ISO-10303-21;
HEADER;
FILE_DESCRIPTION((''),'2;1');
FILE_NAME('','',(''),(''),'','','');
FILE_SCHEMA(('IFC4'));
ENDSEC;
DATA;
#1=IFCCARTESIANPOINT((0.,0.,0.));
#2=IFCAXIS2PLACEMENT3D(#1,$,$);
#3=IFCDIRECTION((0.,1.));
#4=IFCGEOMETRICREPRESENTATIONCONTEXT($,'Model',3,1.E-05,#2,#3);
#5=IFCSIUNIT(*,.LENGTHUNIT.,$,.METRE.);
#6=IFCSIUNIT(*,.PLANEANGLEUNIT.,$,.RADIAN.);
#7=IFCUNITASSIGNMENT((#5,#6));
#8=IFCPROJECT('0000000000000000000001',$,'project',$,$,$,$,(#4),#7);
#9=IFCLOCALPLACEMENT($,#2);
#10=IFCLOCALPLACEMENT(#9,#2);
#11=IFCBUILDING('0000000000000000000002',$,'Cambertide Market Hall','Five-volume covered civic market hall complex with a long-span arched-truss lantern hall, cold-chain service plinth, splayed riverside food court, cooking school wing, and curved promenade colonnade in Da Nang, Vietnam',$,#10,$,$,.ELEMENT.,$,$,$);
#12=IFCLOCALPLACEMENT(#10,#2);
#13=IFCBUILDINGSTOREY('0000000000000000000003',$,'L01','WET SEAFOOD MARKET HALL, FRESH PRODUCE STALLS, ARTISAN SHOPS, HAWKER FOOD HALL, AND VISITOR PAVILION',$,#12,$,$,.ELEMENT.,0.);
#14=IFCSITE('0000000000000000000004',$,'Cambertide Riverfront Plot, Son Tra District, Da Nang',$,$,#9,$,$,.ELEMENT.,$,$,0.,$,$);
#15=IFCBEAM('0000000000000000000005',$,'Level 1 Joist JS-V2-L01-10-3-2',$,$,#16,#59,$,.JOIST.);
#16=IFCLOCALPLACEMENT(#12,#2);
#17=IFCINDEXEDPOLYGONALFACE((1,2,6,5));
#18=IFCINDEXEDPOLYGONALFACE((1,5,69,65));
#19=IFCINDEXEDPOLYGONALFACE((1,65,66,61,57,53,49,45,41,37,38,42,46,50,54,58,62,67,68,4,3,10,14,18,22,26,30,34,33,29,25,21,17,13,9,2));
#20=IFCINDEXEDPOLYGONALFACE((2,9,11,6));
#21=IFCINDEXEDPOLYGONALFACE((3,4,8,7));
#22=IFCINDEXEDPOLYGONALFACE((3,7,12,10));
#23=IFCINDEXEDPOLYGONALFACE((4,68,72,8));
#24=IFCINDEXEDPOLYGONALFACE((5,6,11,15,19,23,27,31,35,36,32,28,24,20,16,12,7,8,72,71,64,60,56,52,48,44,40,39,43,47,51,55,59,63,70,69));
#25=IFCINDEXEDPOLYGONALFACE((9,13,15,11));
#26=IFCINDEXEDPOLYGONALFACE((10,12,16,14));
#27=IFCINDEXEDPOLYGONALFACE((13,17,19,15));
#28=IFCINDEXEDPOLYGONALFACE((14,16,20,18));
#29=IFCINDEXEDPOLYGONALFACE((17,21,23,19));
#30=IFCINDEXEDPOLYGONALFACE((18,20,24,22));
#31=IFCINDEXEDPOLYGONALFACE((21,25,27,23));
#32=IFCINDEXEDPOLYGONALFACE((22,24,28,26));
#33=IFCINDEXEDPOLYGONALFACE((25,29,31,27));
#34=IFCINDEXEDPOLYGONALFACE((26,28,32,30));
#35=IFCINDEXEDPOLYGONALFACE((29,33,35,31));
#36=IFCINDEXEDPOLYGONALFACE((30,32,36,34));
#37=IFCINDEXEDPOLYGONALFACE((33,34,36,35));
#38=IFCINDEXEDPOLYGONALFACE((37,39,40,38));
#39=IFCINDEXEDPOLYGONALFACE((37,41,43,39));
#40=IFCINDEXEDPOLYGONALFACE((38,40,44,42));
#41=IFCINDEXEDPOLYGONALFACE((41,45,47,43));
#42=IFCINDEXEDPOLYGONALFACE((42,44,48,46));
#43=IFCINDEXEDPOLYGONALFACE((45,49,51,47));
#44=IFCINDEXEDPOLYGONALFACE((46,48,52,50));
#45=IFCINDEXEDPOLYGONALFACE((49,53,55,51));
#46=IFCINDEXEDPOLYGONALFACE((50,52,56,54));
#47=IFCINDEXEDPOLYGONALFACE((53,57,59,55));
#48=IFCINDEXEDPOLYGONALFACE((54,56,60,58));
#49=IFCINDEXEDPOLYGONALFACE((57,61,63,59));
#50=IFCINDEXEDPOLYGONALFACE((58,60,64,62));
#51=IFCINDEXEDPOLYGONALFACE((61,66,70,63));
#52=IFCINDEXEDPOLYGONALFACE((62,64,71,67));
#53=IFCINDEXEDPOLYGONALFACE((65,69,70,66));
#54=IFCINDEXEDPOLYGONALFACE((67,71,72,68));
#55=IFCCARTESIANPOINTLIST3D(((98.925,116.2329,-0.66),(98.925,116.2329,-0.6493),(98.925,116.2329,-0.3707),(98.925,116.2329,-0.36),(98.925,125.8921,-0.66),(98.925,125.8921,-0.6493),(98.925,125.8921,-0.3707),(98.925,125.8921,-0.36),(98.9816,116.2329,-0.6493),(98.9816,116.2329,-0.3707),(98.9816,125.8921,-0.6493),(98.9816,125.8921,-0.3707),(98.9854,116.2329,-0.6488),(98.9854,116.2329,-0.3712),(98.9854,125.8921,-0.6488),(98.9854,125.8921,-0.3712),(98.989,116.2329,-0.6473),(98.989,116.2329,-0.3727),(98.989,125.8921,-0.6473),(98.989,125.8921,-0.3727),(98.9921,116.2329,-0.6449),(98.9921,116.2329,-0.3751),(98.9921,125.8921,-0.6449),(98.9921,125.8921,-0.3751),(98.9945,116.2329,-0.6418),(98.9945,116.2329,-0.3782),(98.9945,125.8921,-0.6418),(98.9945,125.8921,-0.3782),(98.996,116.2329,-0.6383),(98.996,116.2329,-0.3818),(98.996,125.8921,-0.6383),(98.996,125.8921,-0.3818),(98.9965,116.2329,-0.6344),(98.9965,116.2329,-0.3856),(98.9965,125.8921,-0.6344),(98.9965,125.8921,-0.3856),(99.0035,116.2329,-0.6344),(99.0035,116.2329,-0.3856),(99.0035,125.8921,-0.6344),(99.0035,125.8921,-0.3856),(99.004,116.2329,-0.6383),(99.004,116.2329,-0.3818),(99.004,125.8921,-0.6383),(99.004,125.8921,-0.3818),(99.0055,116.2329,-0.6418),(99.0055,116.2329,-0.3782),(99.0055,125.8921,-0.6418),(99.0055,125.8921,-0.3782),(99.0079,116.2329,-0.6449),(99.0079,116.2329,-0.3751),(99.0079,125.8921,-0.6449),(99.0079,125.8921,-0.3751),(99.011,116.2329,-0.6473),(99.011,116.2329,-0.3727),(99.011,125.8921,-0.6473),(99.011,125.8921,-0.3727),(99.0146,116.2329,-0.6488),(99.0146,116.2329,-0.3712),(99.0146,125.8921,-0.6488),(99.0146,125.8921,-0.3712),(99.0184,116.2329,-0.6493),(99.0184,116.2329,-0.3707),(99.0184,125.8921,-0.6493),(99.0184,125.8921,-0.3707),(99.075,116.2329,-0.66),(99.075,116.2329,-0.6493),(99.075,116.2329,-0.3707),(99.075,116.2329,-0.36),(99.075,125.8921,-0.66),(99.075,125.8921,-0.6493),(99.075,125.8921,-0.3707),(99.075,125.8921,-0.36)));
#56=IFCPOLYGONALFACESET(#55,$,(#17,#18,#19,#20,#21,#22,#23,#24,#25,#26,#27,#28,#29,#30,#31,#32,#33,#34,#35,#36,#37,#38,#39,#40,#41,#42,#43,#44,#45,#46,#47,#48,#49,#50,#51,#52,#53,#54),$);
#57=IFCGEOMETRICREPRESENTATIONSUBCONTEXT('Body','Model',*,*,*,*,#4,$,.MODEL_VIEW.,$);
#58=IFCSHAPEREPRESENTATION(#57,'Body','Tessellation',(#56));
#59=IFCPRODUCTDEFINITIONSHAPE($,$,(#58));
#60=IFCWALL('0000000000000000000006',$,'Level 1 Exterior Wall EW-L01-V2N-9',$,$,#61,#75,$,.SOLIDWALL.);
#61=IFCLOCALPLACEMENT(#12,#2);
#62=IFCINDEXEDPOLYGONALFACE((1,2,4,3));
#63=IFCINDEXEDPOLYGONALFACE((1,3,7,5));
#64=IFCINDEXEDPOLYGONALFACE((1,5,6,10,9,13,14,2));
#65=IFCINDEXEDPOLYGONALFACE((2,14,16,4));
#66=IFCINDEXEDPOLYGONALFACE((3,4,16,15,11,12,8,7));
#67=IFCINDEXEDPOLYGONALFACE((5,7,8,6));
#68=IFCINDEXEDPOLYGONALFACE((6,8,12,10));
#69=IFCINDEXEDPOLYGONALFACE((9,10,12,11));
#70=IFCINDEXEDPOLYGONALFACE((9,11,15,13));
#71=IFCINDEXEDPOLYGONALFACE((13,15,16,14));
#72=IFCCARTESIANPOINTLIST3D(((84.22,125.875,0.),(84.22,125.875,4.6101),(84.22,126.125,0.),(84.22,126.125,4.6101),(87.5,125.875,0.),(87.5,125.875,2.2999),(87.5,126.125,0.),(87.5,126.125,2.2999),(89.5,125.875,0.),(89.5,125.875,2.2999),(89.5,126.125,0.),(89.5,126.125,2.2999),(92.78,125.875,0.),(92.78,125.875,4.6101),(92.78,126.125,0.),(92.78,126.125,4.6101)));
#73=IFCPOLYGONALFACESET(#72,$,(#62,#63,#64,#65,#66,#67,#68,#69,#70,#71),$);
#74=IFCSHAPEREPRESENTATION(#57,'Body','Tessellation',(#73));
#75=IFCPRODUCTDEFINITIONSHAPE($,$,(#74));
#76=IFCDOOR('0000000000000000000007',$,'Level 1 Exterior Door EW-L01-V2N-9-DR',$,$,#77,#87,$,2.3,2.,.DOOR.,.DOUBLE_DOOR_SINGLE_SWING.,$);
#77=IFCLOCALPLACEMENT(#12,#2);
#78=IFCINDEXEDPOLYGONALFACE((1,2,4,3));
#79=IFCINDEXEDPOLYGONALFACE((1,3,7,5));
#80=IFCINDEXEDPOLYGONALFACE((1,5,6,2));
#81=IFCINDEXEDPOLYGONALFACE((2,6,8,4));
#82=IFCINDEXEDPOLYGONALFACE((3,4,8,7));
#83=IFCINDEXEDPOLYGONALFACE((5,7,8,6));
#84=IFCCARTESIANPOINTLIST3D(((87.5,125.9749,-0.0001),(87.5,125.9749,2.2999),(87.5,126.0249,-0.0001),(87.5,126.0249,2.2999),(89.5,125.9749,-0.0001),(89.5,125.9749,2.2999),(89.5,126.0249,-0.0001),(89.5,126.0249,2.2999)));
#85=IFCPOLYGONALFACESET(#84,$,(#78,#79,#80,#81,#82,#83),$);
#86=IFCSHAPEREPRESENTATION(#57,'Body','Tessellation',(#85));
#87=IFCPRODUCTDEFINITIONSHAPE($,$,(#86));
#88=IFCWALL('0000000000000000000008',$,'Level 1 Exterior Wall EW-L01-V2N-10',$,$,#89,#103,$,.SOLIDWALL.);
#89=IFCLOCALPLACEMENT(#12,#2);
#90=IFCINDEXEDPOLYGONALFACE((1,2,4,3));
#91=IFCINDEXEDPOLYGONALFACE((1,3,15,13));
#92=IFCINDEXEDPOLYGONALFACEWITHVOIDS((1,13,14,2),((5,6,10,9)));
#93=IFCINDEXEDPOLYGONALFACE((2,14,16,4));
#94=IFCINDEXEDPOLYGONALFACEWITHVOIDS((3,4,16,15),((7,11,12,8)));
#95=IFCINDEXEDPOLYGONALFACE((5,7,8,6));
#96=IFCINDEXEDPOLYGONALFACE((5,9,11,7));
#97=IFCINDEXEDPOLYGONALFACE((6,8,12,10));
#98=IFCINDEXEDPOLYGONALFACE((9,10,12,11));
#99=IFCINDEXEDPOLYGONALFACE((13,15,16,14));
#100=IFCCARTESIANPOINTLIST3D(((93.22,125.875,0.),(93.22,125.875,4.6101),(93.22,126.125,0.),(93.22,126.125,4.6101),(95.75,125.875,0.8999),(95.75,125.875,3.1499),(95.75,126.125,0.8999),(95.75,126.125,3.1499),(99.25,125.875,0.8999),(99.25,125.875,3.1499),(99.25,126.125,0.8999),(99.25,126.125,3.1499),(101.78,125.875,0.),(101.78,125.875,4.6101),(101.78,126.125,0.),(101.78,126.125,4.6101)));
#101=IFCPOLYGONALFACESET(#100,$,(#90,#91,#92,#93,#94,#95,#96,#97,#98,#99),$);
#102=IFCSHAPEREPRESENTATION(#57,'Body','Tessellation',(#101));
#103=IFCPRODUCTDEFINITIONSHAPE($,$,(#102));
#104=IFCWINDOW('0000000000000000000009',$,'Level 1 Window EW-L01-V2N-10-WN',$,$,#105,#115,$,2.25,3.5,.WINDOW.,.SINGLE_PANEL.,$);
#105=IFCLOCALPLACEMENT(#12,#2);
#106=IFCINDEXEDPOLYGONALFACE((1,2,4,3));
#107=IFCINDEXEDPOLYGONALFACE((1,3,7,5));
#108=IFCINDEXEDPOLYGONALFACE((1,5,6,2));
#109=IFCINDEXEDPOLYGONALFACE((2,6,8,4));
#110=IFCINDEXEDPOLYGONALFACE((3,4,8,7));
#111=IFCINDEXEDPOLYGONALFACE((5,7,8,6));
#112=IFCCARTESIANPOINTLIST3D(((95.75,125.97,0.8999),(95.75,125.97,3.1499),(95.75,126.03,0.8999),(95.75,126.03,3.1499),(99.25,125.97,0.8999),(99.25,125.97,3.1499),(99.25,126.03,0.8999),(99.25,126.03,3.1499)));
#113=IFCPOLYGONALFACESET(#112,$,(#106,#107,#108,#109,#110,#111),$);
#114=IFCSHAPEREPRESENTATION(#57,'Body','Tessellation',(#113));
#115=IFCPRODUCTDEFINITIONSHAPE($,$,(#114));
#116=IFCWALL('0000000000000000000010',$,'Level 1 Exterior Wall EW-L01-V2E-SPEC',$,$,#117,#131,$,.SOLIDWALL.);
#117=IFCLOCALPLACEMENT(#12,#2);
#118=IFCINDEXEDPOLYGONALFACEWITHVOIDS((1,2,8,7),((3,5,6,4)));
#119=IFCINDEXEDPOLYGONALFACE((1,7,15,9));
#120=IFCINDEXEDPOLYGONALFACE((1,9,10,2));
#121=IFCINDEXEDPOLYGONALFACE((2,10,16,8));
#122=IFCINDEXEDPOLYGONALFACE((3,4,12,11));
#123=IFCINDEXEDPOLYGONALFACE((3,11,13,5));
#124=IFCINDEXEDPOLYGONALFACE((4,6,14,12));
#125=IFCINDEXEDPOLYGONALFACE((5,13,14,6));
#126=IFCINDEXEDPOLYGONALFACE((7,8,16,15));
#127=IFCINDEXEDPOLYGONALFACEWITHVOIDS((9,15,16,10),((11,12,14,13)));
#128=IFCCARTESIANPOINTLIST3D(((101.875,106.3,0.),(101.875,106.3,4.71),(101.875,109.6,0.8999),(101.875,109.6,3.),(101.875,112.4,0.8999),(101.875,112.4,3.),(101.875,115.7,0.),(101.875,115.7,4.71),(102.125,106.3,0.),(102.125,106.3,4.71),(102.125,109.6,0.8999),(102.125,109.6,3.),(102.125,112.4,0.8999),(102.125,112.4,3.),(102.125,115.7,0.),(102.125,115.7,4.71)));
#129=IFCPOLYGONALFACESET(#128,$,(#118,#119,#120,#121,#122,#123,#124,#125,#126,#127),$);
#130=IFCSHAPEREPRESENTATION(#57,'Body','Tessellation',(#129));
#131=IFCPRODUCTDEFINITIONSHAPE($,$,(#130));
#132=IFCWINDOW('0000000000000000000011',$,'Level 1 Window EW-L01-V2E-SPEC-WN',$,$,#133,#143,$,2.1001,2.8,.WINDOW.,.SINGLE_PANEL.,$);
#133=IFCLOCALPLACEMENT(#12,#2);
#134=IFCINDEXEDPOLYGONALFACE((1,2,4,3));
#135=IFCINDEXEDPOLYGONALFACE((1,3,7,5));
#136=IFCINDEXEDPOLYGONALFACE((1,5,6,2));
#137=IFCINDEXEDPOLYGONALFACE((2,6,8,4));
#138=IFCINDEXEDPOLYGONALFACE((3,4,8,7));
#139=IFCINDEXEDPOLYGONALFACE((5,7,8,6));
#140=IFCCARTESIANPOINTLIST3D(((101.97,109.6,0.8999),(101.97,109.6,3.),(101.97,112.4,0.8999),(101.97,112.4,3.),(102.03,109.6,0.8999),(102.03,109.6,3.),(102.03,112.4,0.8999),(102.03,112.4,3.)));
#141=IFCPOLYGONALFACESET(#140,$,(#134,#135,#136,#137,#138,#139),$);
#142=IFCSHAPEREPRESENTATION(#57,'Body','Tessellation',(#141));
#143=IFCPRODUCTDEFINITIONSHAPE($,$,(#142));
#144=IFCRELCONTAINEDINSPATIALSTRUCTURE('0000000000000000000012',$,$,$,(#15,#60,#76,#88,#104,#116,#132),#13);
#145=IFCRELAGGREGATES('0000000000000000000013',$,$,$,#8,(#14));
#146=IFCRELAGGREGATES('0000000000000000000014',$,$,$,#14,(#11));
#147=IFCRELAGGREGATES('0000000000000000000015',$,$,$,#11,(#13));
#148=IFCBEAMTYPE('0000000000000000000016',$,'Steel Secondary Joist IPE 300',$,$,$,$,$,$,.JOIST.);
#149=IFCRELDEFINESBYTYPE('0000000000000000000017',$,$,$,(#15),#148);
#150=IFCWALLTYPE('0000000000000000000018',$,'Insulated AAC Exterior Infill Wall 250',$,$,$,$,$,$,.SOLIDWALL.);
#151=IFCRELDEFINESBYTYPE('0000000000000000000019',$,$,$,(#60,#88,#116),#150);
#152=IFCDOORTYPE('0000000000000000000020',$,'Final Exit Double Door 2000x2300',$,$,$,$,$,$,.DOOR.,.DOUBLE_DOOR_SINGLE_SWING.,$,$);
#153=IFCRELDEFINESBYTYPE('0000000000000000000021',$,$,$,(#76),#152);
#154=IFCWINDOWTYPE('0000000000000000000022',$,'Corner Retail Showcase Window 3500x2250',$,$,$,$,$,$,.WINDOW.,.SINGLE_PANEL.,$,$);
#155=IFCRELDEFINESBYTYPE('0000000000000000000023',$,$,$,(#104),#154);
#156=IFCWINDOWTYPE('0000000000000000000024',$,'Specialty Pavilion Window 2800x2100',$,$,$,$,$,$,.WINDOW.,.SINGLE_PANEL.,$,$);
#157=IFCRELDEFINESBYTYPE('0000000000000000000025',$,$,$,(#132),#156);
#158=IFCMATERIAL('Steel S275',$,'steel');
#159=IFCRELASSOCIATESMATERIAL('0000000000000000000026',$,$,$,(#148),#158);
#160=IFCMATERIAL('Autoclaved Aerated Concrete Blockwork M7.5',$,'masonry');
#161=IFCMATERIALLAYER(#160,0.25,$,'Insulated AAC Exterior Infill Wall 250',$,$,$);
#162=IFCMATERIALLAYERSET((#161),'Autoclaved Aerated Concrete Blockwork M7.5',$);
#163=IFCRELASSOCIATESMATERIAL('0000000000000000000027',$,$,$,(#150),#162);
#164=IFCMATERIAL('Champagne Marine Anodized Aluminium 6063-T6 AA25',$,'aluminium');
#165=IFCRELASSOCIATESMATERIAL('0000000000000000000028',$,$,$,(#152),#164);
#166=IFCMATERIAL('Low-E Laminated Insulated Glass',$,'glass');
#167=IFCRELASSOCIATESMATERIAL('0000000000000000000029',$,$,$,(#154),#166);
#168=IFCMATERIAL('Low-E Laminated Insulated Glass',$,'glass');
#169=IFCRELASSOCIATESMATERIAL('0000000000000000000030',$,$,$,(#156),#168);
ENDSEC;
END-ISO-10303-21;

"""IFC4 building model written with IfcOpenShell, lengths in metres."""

from ifc_helpers import new_model, si_unit, direction, frame, frame_2d, origin, origin_2d, place, context, subcontext, project, spatial, rectangle, i_section, extrude, material, layer, layer_set, material_profile, profile_set, type_object, element, fill, save


model = new_model("IFC4")

# Units and contexts
model_context = context("Model", 3, precision=1e-05, world=origin(), true_north=direction((0.0, 1.0)))
body_context = subcontext(model_context, "Body", "Model", "MODEL_VIEW")
ifc_project = project(units=[si_unit("LENGTHUNIT", "METRE"), si_unit("PLANEANGLEUNIT", "RADIAN")], contexts=[model_context])

# Site, building, storey
site_placement = place(None, origin())
site = spatial("IfcSite", under=ifc_project, at=site_placement, Name="Cambertide Riverfront Plot, Son Tra District, Da Nang", CompositionType="ELEMENT", RefElevation=0.0)
building_placement = place(site_placement, origin())
building = spatial("IfcBuilding", under=site, at=building_placement, Name="Cambertide Market Hall", Description="Five-volume covered civic market hall complex with a long-span arched-truss lantern hall, cold-chain service plinth, splayed riverside food court, cooking school wing, and curved promenade colonnade in Da Nang, Vietnam", CompositionType="ELEMENT")
storey_placement = place(building_placement, origin())
storey = spatial("IfcBuildingStorey", under=building, at=storey_placement, Name="L01", Description="WET SEAFOOD MARKET HALL, FRESH PRODUCE STALLS, ARTISAN SHOPS, HAWKER FOOD HALL, AND VISITOR PAVILION", CompositionType="ELEMENT", Elevation=0.0)

# Beam
ifc_material_1 = material(Name="Steel S275", Category="steel")
ifc_material_profile_1 = material_profile(ifc_material_1, i_section(OverallWidth=0.1499, OverallDepth=0.3, WebThickness=0.0071, FlangeThickness=0.0107, FilletRadius=0.0149, at=origin_2d()), Name="IPE 300")
ifc_profile_set_1 = profile_set([ifc_material_profile_1], Name="Steel S275")
beam_type_1 = type_object("IfcBeamType", Name="Steel Secondary Joist IPE 300", PredefinedType="JOIST", material=ifc_profile_set_1)
for number, where, z_axis, x_axis, name in (
    (1, (99.0, 116.2329, -0.51), (0.0, 1.0, 0.0), (-1.0, 0.0, 0.0), "Level 1 Joist JS-V2-L01-10-3-2"),
):
    element("IfcBeam", number, at=place(storey_placement, frame(where, z_axis=z_axis, x_axis=x_axis)), inside=storey, type_object=beam_type_1, Name=name, PredefinedType="JOIST", context=body_context, shape_type="SweptSolid", body=[
        extrude(i_section(OverallWidth=0.1499, OverallDepth=0.3, WebThickness=0.0071, FlangeThickness=0.0107, FilletRadius=0.0149, at=origin_2d()), origin(), (0.0, 0.0, 1.0), 9.6592),
    ])

# Wall, opening, door
ifc_material_2 = material(Name="Autoclaved Aerated Concrete Blockwork M7.5", Category="masonry")
ifc_layer = layer(ifc_material_2, 0.25, Name="Insulated AAC Exterior Infill Wall 250")
ifc_layer_set = layer_set([ifc_layer], Name="Autoclaved Aerated Concrete Blockwork M7.5")
wall_type = type_object("IfcWallType", Name="Insulated AAC Exterior Infill Wall 250", PredefinedType="SOLIDWALL", material=ifc_layer_set)
wall_1_placement = place(storey_placement, frame((84.22, 126.0, 0.0), z_axis=(0.0, 0.0, 1.0), x_axis=(1.0, 0.0, 0.0)))
wall_1 = element("IfcWall", 2, at=wall_1_placement, inside=storey, type_object=wall_type, Name="Level 1 Exterior Wall EW-L01-V2N-9", PredefinedType="SOLIDWALL", context=body_context, shape_type="SweptSolid", body=[
    extrude(rectangle(XDim=8.5601, YDim=0.25, at=frame_2d((4.28, 0.0))), origin(), (0.0, 0.0, 1.0), 4.6101),
])
opening_1_placement = place(wall_1_placement, frame((3.28, 0.0, 0.0)))
opening_1 = element("IfcOpeningElement", 3, at=opening_1_placement, cuts=wall_1, PredefinedType="OPENING", context=body_context, shape_type="SweptSolid", body=[
    extrude(rectangle(XDim=2.0, YDim=2.3, at=frame_2d((1.0, 1.1499))), frame((0.0, 0.135, 0.0), z_axis=(0.0, -1.0, 0.0), x_axis=(1.0, 0.0, 0.0)), (0.0, 0.0, 1.0), 0.27),
])
ifc_material_3 = material(Name="Champagne Marine Anodized Aluminium 6063-T6 AA25", Category="aluminium")
door_type = type_object("IfcDoorType", Name="Final Exit Double Door 2000x2300", OperationType="DOUBLE_DOOR_SINGLE_SWING", PredefinedType="DOOR", material=ifc_material_3)
door_placement = place(opening_1_placement, origin())
door = element("IfcDoor", 4, at=door_placement, inside=storey, type_object=door_type, Name="Level 1 Exterior Door EW-L01-V2N-9-DR", OperationType="DOUBLE_DOOR_SINGLE_SWING", OverallHeight=2.3, OverallWidth=2.0, PredefinedType="DOOR", context=body_context, shape_type="SweptSolid", body=[
    extrude(rectangle(XDim=2.0, YDim=2.3, at=frame_2d((1.0, 1.1499))), frame((0.0, 0.0249, 0.0), z_axis=(0.0, -1.0, 0.0), x_axis=(1.0, 0.0, 0.0)), (0.0, 0.0, 1.0), 0.05),
])
fill(opening_1, door)

# Walls, openings, windows
wall_2_placement = place(storey_placement, frame((93.22, 126.0, 0.0), z_axis=(0.0, 0.0, 1.0), x_axis=(1.0, 0.0, 0.0)))
wall_2 = element("IfcWall", 5, at=wall_2_placement, inside=storey, type_object=wall_type, Name="Level 1 Exterior Wall EW-L01-V2N-10", PredefinedType="SOLIDWALL", context=body_context, shape_type="SweptSolid", body=[
    extrude(rectangle(XDim=8.5601, YDim=0.25, at=frame_2d((4.28, 0.0))), origin(), (0.0, 0.0, 1.0), 4.6101),
])
opening_2_placement = place(wall_2_placement, frame((2.53, 0.0, 0.8999)))
opening_2 = element("IfcOpeningElement", 6, at=opening_2_placement, cuts=wall_2, PredefinedType="OPENING", context=body_context, shape_type="SweptSolid", body=[
    extrude(rectangle(XDim=3.5, YDim=2.25, at=frame_2d((1.75, 1.125))), frame((0.0, 0.135, 0.0), z_axis=(0.0, -1.0, 0.0), x_axis=(1.0, 0.0, 0.0)), (0.0, 0.0, 1.0), 0.27),
])
ifc_material_4 = material(Name="Low-E Laminated Insulated Glass", Category="glass")
window_type_1 = type_object("IfcWindowType", Name="Corner Retail Showcase Window 3500x2250", PartitioningType="SINGLE_PANEL", PredefinedType="WINDOW", material=ifc_material_4)
window_1_placement = place(opening_2_placement, origin())
window_1 = element("IfcWindow", 7, at=window_1_placement, inside=storey, type_object=window_type_1, Name="Level 1 Window EW-L01-V2N-10-WN", OverallHeight=2.25, OverallWidth=3.5, PartitioningType="SINGLE_PANEL", PredefinedType="WINDOW", context=body_context, shape_type="SweptSolid", body=[
    extrude(rectangle(XDim=3.5, YDim=2.25, at=frame_2d((1.75, 1.125))), frame((0.0, 0.03, 0.0), z_axis=(0.0, -1.0, 0.0), x_axis=(1.0, 0.0, 0.0)), (0.0, 0.0, 1.0), 0.0601),
])
fill(opening_2, window_1)
wall_3_placement = place(storey_placement, frame((102.0, 115.7, 0.0), z_axis=(0.0, 0.0, 1.0), x_axis=(0.0, -1.0, 0.0)))
wall_3 = element("IfcWall", 8, at=wall_3_placement, inside=storey, type_object=wall_type, Name="Level 1 Exterior Wall EW-L01-V2E-SPEC", PredefinedType="SOLIDWALL", context=body_context, shape_type="SweptSolid", body=[
    extrude(rectangle(XDim=9.3999, YDim=0.25, at=frame_2d((4.7, 0.0))), origin(), (0.0, 0.0, 1.0), 4.71),
])
opening_3_placement = place(wall_3_placement, frame((3.3, 0.0, 0.8999)))
opening_3 = element("IfcOpeningElement", 9, at=opening_3_placement, cuts=wall_3, PredefinedType="OPENING", context=body_context, shape_type="SweptSolid", body=[
    extrude(rectangle(XDim=2.8, YDim=2.1001, at=frame_2d((1.3999, 1.05))), frame((0.0, 0.135, 0.0), z_axis=(0.0, -1.0, 0.0), x_axis=(1.0, 0.0, 0.0)), (0.0, 0.0, 1.0), 0.27),
])
ifc_material_5 = material(Name="Low-E Laminated Insulated Glass", Category="glass")
window_type_2 = type_object("IfcWindowType", Name="Specialty Pavilion Window 2800x2100", PartitioningType="SINGLE_PANEL", PredefinedType="WINDOW", material=ifc_material_5)
window_2_placement = place(opening_3_placement, origin())
window_2 = element("IfcWindow", 10, at=window_2_placement, inside=storey, type_object=window_type_2, Name="Level 1 Window EW-L01-V2E-SPEC-WN", OverallHeight=2.1001, OverallWidth=2.8, PartitioningType="SINGLE_PANEL", PredefinedType="WINDOW", context=body_context, shape_type="SweptSolid", body=[
    extrude(rectangle(XDim=2.8, YDim=2.1001, at=frame_2d((1.3999, 1.05))), frame((0.0, 0.03, 0.0), z_axis=(0.0, -1.0, 0.0), x_axis=(1.0, 0.0, 0.0)), (0.0, 0.0, 1.0), 0.0601),
])
fill(opening_3, window_2)

save(model, "model.ifc")
